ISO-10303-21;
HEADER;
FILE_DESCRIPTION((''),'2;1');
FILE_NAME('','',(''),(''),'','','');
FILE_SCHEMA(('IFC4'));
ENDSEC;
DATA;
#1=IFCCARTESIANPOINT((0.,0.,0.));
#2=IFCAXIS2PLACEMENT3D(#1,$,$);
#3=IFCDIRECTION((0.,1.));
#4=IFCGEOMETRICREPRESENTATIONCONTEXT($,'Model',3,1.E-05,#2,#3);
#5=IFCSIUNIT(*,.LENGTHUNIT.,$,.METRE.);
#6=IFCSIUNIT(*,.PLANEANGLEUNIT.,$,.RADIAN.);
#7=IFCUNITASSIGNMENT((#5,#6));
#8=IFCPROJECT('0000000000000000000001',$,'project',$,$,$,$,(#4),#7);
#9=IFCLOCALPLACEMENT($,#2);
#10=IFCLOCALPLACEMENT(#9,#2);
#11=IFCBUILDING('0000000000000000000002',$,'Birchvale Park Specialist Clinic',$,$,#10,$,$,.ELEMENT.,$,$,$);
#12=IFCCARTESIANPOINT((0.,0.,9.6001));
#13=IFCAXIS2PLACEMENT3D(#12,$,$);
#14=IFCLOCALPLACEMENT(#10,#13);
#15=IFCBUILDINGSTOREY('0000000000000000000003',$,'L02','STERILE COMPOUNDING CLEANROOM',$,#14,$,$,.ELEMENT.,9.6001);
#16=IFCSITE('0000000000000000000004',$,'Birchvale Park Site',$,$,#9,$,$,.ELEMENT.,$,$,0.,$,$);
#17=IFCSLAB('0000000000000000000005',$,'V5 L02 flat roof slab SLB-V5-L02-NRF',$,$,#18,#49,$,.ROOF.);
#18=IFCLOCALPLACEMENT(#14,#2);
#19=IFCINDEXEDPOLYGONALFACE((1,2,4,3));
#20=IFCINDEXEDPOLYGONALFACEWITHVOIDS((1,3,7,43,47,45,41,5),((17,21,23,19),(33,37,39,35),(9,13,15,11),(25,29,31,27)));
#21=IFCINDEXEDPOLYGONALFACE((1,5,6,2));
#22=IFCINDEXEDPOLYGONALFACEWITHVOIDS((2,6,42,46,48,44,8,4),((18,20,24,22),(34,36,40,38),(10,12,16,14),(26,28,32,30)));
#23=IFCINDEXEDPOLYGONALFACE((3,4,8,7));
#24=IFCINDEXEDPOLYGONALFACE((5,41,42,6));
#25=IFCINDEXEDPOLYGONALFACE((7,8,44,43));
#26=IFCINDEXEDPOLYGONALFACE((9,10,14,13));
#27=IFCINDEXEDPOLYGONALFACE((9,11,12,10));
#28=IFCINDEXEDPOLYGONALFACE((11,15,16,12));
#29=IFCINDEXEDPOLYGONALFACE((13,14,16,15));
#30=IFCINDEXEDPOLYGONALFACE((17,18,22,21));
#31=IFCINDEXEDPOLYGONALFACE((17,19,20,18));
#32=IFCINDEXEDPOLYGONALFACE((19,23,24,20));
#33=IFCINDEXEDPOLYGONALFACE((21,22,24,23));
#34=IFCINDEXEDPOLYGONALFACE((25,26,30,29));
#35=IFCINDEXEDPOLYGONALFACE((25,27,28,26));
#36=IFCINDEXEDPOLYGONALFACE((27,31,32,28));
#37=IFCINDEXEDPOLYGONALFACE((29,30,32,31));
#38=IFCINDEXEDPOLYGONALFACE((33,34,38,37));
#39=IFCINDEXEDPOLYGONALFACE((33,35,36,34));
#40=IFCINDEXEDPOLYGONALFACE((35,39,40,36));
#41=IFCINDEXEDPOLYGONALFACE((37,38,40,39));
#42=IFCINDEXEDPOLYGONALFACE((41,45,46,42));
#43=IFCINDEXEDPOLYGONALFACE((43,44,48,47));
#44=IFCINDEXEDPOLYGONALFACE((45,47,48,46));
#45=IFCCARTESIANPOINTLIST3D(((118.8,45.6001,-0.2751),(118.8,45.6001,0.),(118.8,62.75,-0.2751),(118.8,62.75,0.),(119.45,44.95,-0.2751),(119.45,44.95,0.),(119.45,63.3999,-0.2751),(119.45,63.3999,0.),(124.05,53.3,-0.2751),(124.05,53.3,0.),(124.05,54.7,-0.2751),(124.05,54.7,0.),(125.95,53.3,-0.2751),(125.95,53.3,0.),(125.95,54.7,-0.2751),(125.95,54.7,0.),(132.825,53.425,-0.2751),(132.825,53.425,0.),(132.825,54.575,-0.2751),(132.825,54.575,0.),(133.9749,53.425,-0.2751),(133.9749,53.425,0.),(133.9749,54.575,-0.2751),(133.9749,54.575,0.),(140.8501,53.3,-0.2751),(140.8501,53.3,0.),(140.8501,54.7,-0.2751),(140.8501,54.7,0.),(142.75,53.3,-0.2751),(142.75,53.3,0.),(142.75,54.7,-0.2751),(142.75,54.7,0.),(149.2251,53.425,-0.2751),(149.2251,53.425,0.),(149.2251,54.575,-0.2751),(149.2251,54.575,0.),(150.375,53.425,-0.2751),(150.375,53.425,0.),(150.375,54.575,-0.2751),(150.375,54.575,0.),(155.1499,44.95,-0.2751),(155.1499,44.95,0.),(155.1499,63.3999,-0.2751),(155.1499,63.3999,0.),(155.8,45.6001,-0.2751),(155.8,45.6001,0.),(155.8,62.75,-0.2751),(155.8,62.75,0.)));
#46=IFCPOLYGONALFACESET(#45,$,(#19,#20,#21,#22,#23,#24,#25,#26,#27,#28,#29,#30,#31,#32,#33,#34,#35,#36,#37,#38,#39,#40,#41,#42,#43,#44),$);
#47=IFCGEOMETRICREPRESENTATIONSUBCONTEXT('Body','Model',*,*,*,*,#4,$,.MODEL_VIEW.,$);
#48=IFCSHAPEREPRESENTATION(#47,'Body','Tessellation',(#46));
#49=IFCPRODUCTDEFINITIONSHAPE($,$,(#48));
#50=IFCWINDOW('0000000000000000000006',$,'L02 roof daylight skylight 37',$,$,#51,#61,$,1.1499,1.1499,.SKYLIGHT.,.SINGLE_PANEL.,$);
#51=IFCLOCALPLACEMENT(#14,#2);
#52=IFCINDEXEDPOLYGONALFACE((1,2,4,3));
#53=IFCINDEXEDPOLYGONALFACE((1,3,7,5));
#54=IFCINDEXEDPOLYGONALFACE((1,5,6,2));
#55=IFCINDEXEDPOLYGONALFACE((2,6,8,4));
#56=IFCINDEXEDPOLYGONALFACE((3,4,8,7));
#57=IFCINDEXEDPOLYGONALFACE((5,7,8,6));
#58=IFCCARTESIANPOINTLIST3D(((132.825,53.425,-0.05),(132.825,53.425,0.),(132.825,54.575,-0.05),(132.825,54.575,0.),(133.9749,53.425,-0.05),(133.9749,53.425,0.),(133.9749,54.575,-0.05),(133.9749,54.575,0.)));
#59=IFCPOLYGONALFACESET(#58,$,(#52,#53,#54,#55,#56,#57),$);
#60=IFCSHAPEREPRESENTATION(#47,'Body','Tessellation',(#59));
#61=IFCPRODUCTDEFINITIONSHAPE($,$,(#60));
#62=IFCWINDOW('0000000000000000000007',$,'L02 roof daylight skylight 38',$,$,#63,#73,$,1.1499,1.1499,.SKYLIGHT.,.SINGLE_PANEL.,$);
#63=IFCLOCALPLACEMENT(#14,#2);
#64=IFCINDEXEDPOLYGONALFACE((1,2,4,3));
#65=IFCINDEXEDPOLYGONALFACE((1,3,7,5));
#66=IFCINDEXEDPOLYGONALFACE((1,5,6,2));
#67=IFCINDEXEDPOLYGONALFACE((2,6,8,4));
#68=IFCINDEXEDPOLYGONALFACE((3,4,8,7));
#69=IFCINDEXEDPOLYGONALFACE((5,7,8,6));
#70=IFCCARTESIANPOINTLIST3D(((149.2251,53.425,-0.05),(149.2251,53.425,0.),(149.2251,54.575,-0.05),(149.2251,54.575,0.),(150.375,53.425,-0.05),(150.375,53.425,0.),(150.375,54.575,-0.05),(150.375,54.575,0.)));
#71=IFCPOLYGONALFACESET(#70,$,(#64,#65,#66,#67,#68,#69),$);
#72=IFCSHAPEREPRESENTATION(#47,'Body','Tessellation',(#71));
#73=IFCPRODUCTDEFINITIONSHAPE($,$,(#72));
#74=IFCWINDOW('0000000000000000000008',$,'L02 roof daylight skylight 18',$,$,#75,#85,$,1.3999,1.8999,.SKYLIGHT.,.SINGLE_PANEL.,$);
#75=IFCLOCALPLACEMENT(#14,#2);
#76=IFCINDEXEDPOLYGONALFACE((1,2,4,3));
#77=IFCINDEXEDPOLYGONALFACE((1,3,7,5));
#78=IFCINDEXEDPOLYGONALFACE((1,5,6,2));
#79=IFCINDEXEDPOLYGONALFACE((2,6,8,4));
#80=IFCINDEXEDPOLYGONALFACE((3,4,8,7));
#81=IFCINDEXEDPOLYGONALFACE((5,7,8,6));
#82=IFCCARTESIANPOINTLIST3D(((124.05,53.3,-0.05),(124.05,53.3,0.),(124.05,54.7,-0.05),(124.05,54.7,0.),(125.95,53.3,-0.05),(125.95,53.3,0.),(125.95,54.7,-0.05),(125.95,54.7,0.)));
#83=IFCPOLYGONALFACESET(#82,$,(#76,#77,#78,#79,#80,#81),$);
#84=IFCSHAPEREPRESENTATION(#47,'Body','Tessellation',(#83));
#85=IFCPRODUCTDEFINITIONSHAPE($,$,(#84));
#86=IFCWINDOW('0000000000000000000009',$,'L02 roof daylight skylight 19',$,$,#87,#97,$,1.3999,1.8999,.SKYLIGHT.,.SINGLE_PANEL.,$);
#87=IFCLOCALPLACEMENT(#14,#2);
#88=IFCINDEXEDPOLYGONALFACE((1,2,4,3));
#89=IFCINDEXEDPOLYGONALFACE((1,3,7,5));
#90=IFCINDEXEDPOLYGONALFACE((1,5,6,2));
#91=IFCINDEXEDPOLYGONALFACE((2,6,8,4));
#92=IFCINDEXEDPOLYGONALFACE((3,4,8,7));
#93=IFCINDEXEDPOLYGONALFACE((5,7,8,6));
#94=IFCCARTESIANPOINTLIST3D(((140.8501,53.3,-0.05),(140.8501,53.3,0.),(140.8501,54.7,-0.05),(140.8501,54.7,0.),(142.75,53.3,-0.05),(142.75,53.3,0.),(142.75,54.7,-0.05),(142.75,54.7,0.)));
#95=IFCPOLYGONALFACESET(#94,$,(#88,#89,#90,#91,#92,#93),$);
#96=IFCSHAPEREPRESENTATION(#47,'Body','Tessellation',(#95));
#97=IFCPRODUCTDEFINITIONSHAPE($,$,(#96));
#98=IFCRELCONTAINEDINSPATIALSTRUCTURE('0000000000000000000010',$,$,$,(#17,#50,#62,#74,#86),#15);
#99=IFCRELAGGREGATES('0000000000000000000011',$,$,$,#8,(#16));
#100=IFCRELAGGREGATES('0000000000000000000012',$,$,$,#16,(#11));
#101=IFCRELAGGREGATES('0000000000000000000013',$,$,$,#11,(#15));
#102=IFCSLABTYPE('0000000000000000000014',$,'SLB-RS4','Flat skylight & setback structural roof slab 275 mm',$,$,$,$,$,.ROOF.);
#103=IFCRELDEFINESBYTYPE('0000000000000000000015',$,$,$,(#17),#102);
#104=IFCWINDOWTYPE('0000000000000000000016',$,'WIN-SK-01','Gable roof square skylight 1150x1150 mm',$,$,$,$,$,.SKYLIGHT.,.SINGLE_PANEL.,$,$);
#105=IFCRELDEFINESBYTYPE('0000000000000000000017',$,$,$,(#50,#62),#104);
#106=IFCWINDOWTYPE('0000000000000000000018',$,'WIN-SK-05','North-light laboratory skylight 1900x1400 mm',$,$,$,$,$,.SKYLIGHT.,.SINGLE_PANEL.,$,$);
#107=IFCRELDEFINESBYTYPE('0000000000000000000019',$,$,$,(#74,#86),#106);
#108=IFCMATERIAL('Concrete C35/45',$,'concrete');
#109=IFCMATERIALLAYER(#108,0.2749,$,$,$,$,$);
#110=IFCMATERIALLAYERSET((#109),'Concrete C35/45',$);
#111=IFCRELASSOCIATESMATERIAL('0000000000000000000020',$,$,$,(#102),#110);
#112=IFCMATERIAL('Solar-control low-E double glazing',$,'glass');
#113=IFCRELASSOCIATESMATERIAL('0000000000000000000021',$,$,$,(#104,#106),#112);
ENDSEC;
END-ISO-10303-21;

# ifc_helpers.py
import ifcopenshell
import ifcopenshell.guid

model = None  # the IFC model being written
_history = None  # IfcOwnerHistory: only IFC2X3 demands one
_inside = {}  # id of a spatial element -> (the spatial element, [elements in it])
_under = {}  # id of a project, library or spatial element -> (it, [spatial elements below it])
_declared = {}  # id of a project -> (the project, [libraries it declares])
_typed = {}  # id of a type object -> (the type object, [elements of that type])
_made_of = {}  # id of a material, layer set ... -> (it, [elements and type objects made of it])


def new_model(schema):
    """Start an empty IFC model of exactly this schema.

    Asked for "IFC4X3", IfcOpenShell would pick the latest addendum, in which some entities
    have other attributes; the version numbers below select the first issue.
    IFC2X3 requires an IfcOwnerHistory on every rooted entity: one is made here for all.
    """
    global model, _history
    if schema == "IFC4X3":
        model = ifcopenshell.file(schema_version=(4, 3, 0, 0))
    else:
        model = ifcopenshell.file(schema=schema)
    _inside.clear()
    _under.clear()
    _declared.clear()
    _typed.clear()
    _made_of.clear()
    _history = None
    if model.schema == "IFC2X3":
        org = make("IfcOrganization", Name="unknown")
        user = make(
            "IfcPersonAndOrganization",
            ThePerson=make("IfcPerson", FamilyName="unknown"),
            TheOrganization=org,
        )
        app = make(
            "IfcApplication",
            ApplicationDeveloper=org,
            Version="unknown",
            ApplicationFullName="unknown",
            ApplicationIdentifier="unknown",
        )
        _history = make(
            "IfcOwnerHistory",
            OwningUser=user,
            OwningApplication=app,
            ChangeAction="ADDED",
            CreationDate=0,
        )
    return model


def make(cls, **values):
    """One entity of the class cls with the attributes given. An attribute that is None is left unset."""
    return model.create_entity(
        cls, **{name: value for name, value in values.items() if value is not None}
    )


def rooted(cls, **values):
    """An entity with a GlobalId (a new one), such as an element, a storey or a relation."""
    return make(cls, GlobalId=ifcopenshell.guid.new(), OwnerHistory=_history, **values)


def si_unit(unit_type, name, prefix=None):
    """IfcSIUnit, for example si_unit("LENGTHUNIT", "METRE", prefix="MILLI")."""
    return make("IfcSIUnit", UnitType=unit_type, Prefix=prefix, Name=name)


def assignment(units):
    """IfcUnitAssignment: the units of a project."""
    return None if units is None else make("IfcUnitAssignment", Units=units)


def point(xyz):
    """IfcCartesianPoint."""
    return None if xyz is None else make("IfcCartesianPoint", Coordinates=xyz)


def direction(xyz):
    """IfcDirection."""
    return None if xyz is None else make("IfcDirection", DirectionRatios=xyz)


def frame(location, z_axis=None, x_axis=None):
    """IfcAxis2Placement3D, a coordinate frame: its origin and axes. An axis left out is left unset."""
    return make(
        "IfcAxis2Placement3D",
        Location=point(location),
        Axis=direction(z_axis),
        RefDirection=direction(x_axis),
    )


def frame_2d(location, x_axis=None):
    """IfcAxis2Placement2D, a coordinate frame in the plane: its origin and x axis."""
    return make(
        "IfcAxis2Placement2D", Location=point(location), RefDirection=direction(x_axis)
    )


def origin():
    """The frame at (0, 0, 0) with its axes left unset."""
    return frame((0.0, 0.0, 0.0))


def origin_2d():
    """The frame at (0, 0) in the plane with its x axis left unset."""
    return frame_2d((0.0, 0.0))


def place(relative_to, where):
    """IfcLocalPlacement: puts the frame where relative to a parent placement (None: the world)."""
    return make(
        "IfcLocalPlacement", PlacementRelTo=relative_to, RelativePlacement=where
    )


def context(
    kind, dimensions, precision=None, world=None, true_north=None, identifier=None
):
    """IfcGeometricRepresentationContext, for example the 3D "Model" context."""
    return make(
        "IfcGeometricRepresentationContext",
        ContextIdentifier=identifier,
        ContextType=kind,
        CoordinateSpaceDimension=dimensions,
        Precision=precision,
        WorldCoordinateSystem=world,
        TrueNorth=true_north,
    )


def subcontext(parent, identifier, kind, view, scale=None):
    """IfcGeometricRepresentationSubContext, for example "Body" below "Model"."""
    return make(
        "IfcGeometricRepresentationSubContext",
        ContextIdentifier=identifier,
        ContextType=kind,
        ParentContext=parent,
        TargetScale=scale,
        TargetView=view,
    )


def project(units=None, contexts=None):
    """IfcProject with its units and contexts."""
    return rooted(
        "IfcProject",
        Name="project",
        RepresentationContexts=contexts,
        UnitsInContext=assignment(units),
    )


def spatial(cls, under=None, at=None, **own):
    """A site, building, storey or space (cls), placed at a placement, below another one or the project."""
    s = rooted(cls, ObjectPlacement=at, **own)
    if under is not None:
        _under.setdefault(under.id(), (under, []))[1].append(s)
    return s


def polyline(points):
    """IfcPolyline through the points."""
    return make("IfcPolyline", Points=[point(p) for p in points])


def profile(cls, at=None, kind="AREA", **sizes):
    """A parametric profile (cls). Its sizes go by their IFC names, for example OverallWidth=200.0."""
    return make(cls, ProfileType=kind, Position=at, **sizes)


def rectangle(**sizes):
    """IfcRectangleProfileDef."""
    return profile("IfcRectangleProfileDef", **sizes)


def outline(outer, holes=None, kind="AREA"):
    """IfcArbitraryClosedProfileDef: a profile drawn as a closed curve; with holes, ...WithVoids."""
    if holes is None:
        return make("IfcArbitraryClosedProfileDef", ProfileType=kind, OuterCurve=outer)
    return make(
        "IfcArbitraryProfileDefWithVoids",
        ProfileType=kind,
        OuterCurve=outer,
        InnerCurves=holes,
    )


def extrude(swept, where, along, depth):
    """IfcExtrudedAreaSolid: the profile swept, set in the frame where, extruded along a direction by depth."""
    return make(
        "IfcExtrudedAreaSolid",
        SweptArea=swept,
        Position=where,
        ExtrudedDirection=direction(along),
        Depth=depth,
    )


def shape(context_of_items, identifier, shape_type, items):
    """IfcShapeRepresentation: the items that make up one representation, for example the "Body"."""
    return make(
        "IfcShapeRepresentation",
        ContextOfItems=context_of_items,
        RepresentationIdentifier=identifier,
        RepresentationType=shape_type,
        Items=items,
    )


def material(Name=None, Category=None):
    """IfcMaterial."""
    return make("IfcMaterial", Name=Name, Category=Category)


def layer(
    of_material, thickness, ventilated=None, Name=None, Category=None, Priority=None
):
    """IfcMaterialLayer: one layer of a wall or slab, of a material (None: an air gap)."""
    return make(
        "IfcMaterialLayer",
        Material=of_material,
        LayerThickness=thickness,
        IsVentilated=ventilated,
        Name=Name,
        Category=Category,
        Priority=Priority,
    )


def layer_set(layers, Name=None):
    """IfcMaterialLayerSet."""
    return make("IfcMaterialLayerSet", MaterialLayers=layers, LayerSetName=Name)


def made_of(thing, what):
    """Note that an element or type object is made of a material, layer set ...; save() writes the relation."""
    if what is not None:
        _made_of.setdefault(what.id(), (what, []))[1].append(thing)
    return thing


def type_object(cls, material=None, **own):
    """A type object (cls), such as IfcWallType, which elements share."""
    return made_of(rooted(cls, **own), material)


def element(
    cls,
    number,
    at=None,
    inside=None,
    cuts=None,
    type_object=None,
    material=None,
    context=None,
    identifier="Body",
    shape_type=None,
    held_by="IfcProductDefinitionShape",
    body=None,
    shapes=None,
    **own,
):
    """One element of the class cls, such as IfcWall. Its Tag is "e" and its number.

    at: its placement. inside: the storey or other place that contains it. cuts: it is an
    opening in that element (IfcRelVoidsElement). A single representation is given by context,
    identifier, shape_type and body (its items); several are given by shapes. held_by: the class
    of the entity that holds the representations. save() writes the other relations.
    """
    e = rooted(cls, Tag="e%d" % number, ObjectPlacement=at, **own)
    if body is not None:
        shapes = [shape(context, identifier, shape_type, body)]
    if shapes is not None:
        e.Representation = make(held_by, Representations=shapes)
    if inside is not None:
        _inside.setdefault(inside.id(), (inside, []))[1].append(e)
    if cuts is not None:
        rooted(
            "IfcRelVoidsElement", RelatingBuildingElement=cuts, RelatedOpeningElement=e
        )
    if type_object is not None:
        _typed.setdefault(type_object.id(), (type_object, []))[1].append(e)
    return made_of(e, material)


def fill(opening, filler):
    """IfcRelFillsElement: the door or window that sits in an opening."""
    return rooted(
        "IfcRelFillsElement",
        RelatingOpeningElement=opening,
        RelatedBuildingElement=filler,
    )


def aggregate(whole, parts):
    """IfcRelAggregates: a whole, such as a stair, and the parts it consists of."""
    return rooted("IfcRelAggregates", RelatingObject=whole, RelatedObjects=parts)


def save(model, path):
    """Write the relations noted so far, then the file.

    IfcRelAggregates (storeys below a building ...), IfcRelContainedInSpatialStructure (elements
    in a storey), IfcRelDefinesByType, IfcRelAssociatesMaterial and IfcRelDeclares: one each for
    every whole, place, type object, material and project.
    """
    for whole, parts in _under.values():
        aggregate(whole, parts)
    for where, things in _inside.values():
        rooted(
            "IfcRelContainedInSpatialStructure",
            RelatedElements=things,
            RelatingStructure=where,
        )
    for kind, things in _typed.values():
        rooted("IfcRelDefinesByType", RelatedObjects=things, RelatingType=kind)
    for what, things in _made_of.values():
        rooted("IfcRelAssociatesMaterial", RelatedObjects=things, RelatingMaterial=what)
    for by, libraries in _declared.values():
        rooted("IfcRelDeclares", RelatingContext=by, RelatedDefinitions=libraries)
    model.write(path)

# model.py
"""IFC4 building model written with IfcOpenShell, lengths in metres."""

from ifc_helpers import new_model, si_unit, direction, frame, origin, origin_2d, place, context, subcontext, project, spatial, polyline, rectangle, outline, extrude, material, layer, layer_set, type_object, element, fill, save


model = new_model("IFC4")

# Units and contexts
model_context = context("Model", 3, precision=1e-05, world=origin(), true_north=direction((0.0, 1.0)))
body_context = subcontext(model_context, "Body", "Model", "MODEL_VIEW")
ifc_project = project(units=[si_unit("LENGTHUNIT", "METRE"), si_unit("PLANEANGLEUNIT", "RADIAN")], contexts=[model_context])

# Site, building, storey
site_placement = place(None, origin())
site = spatial("IfcSite", under=ifc_project, at=site_placement, Name="Birchvale Park Site", CompositionType="ELEMENT", RefElevation=0.0)
building_placement = place(site_placement, origin())
building = spatial("IfcBuilding", under=site, at=building_placement, Name="Birchvale Park Specialist Clinic", CompositionType="ELEMENT")
storey_placement = place(building_placement, frame((0.0, 0.0, 9.6001)))
storey = spatial("IfcBuildingStorey", under=building, at=storey_placement, Name="L02", Description="STERILE COMPOUNDING CLEANROOM", CompositionType="ELEMENT", Elevation=9.6001)

# Shared definitions
ifc_material_1 = material(Name="Concrete C35/45", Category="concrete")

# Slab, openings, windows
ifc_layer_1 = layer(ifc_material_1, 0.2749)
ifc_layer_set_1 = layer_set([ifc_layer_1], Name="Concrete C35/45")
slab_type_1 = type_object("IfcSlabType", Name="SLB-RS4", Description="Flat skylight & setback structural roof slab 275 mm", PredefinedType="ROOF", material=ifc_layer_set_1)
slab_1_placement = place(storey_placement, frame((0.0, 0.0, -0.2751)))
slab_1 = element("IfcSlab", 1, at=slab_1_placement, inside=storey, type_object=slab_type_1, Name="V5 L02 flat roof slab SLB-V5-L02-NRF", PredefinedType="ROOF", context=body_context, shape_type="SweptSolid", body=[
    extrude(outline(polyline([(119.45, 44.95), (155.1499, 44.95), (155.8, 45.6001), (155.8, 62.75), (155.1499, 63.3999), (119.45, 63.3999), (118.8, 62.75), (118.8, 45.6001), (119.45, 44.95)])), origin(), (0.0, 0.0, 1.0), 0.2751),
])
opening_1_placement = place(slab_1_placement, frame((125.0, 54.0, 0.0)))
opening_1 = element("IfcOpeningElement", 2, at=opening_1_placement, cuts=slab_1, PredefinedType="OPENING", context=body_context, shape_type="SweptSolid", body=[
    extrude(rectangle(XDim=1.8999, YDim=1.3999, at=origin_2d()), frame((0.0, 0.0, -0.01)), (0.0, 0.0, 1.0), 0.2952),
])
opening_2_placement = place(slab_1_placement, frame((141.8, 54.0, 0.0)))
opening_2 = element("IfcOpeningElement", 3, at=opening_2_placement, cuts=slab_1, PredefinedType="OPENING", context=body_context, shape_type="SweptSolid", body=[
    extrude(rectangle(XDim=1.8999, YDim=1.3999, at=origin_2d()), frame((0.0, 0.0, -0.01)), (0.0, 0.0, 1.0), 0.2952),
])
opening_3_placement = place(slab_1_placement, frame((133.3999, 54.0, 0.0)))
opening_3 = element("IfcOpeningElement", 4, at=opening_3_placement, cuts=slab_1, PredefinedType="OPENING", context=body_context, shape_type="SweptSolid", body=[
    extrude(rectangle(XDim=1.1499, YDim=1.1499, at=origin_2d()), frame((0.0, 0.0, -0.01)), (0.0, 0.0, 1.0), 0.2952),
])
opening_4_placement = place(slab_1_placement, frame((149.8, 54.0, 0.0)))
opening_4 = element("IfcOpeningElement", 5, at=opening_4_placement, cuts=slab_1, PredefinedType="OPENING", context=body_context, shape_type="SweptSolid", body=[
    extrude(rectangle(XDim=1.1499, YDim=1.1499, at=origin_2d()), frame((0.0, 0.0, -0.01)), (0.0, 0.0, 1.0), 0.2952),
])
ifc_material_2 = material(Name="Solar-control low-E double glazing", Category="glass")
window_type_1 = type_object("IfcWindowType", Name="WIN-SK-01", Description="Gable roof square skylight 1150x1150 mm", PartitioningType="SINGLE_PANEL", PredefinedType="SKYLIGHT", material=ifc_material_2)
window_1_placement = place(opening_3_placement, frame((0.0, 0.0, 0.2251)))
window_1 = element("IfcWindow", 6, at=window_1_placement, inside=storey, type_object=window_type_1, Name="L02 roof daylight skylight 37", OverallHeight=1.1499, OverallWidth=1.1499, PartitioningType="SINGLE_PANEL", PredefinedType="SKYLIGHT", context=body_context, shape_type="SweptSolid", body=[
    extrude(rectangle(XDim=1.1499, YDim=1.1499, at=origin_2d()), origin(), (0.0, 0.0, 1.0), 0.05),
])
fill(opening_3, window_1)
window_2_placement = place(opening_4_placement, frame((0.0, 0.0, 0.2251)))
window_2 = element("IfcWindow", 7, at=window_2_placement, inside=storey, type_object=window_type_1, Name="L02 roof daylight skylight 38", OverallHeight=1.1499, OverallWidth=1.1499, PartitioningType="SINGLE_PANEL", PredefinedType="SKYLIGHT", context=body_context, shape_type="SweptSolid", body=[
    extrude(rectangle(XDim=1.1499, YDim=1.1499, at=origin_2d()), origin(), (0.0, 0.0, 1.0), 0.05),
])
fill(opening_4, window_2)
window_type_2 = type_object("IfcWindowType", Name="WIN-SK-05", Description="North-light laboratory skylight 1900x1400 mm", PartitioningType="SINGLE_PANEL", PredefinedType="SKYLIGHT", material=ifc_material_2)
window_3_placement = place(opening_1_placement, frame((0.0, 0.0, 0.2251)))
window_3 = element("IfcWindow", 8, at=window_3_placement, inside=storey, type_object=window_type_2, Name="L02 roof daylight skylight 18", OverallHeight=1.3999, OverallWidth=1.8999, PartitioningType="SINGLE_PANEL", PredefinedType="SKYLIGHT", context=body_context, shape_type="SweptSolid", body=[
    extrude(rectangle(XDim=1.8999, YDim=1.3999, at=origin_2d()), origin(), (0.0, 0.0, 1.0), 0.05),
])
fill(opening_1, window_3)
window_4_placement = place(opening_2_placement, frame((0.0, 0.0, 0.2251)))
window_4 = element("IfcWindow", 9, at=window_4_placement, inside=storey, type_object=window_type_2, Name="L02 roof daylight skylight 19", OverallHeight=1.3999, OverallWidth=1.8999, PartitioningType="SINGLE_PANEL", PredefinedType="SKYLIGHT", context=body_context, shape_type="SweptSolid", body=[
    extrude(rectangle(XDim=1.8999, YDim=1.3999, at=origin_2d()), origin(), (0.0, 0.0, 1.0), 0.05),
])
fill(opening_2, window_4)

save(model, "model.ifc")
